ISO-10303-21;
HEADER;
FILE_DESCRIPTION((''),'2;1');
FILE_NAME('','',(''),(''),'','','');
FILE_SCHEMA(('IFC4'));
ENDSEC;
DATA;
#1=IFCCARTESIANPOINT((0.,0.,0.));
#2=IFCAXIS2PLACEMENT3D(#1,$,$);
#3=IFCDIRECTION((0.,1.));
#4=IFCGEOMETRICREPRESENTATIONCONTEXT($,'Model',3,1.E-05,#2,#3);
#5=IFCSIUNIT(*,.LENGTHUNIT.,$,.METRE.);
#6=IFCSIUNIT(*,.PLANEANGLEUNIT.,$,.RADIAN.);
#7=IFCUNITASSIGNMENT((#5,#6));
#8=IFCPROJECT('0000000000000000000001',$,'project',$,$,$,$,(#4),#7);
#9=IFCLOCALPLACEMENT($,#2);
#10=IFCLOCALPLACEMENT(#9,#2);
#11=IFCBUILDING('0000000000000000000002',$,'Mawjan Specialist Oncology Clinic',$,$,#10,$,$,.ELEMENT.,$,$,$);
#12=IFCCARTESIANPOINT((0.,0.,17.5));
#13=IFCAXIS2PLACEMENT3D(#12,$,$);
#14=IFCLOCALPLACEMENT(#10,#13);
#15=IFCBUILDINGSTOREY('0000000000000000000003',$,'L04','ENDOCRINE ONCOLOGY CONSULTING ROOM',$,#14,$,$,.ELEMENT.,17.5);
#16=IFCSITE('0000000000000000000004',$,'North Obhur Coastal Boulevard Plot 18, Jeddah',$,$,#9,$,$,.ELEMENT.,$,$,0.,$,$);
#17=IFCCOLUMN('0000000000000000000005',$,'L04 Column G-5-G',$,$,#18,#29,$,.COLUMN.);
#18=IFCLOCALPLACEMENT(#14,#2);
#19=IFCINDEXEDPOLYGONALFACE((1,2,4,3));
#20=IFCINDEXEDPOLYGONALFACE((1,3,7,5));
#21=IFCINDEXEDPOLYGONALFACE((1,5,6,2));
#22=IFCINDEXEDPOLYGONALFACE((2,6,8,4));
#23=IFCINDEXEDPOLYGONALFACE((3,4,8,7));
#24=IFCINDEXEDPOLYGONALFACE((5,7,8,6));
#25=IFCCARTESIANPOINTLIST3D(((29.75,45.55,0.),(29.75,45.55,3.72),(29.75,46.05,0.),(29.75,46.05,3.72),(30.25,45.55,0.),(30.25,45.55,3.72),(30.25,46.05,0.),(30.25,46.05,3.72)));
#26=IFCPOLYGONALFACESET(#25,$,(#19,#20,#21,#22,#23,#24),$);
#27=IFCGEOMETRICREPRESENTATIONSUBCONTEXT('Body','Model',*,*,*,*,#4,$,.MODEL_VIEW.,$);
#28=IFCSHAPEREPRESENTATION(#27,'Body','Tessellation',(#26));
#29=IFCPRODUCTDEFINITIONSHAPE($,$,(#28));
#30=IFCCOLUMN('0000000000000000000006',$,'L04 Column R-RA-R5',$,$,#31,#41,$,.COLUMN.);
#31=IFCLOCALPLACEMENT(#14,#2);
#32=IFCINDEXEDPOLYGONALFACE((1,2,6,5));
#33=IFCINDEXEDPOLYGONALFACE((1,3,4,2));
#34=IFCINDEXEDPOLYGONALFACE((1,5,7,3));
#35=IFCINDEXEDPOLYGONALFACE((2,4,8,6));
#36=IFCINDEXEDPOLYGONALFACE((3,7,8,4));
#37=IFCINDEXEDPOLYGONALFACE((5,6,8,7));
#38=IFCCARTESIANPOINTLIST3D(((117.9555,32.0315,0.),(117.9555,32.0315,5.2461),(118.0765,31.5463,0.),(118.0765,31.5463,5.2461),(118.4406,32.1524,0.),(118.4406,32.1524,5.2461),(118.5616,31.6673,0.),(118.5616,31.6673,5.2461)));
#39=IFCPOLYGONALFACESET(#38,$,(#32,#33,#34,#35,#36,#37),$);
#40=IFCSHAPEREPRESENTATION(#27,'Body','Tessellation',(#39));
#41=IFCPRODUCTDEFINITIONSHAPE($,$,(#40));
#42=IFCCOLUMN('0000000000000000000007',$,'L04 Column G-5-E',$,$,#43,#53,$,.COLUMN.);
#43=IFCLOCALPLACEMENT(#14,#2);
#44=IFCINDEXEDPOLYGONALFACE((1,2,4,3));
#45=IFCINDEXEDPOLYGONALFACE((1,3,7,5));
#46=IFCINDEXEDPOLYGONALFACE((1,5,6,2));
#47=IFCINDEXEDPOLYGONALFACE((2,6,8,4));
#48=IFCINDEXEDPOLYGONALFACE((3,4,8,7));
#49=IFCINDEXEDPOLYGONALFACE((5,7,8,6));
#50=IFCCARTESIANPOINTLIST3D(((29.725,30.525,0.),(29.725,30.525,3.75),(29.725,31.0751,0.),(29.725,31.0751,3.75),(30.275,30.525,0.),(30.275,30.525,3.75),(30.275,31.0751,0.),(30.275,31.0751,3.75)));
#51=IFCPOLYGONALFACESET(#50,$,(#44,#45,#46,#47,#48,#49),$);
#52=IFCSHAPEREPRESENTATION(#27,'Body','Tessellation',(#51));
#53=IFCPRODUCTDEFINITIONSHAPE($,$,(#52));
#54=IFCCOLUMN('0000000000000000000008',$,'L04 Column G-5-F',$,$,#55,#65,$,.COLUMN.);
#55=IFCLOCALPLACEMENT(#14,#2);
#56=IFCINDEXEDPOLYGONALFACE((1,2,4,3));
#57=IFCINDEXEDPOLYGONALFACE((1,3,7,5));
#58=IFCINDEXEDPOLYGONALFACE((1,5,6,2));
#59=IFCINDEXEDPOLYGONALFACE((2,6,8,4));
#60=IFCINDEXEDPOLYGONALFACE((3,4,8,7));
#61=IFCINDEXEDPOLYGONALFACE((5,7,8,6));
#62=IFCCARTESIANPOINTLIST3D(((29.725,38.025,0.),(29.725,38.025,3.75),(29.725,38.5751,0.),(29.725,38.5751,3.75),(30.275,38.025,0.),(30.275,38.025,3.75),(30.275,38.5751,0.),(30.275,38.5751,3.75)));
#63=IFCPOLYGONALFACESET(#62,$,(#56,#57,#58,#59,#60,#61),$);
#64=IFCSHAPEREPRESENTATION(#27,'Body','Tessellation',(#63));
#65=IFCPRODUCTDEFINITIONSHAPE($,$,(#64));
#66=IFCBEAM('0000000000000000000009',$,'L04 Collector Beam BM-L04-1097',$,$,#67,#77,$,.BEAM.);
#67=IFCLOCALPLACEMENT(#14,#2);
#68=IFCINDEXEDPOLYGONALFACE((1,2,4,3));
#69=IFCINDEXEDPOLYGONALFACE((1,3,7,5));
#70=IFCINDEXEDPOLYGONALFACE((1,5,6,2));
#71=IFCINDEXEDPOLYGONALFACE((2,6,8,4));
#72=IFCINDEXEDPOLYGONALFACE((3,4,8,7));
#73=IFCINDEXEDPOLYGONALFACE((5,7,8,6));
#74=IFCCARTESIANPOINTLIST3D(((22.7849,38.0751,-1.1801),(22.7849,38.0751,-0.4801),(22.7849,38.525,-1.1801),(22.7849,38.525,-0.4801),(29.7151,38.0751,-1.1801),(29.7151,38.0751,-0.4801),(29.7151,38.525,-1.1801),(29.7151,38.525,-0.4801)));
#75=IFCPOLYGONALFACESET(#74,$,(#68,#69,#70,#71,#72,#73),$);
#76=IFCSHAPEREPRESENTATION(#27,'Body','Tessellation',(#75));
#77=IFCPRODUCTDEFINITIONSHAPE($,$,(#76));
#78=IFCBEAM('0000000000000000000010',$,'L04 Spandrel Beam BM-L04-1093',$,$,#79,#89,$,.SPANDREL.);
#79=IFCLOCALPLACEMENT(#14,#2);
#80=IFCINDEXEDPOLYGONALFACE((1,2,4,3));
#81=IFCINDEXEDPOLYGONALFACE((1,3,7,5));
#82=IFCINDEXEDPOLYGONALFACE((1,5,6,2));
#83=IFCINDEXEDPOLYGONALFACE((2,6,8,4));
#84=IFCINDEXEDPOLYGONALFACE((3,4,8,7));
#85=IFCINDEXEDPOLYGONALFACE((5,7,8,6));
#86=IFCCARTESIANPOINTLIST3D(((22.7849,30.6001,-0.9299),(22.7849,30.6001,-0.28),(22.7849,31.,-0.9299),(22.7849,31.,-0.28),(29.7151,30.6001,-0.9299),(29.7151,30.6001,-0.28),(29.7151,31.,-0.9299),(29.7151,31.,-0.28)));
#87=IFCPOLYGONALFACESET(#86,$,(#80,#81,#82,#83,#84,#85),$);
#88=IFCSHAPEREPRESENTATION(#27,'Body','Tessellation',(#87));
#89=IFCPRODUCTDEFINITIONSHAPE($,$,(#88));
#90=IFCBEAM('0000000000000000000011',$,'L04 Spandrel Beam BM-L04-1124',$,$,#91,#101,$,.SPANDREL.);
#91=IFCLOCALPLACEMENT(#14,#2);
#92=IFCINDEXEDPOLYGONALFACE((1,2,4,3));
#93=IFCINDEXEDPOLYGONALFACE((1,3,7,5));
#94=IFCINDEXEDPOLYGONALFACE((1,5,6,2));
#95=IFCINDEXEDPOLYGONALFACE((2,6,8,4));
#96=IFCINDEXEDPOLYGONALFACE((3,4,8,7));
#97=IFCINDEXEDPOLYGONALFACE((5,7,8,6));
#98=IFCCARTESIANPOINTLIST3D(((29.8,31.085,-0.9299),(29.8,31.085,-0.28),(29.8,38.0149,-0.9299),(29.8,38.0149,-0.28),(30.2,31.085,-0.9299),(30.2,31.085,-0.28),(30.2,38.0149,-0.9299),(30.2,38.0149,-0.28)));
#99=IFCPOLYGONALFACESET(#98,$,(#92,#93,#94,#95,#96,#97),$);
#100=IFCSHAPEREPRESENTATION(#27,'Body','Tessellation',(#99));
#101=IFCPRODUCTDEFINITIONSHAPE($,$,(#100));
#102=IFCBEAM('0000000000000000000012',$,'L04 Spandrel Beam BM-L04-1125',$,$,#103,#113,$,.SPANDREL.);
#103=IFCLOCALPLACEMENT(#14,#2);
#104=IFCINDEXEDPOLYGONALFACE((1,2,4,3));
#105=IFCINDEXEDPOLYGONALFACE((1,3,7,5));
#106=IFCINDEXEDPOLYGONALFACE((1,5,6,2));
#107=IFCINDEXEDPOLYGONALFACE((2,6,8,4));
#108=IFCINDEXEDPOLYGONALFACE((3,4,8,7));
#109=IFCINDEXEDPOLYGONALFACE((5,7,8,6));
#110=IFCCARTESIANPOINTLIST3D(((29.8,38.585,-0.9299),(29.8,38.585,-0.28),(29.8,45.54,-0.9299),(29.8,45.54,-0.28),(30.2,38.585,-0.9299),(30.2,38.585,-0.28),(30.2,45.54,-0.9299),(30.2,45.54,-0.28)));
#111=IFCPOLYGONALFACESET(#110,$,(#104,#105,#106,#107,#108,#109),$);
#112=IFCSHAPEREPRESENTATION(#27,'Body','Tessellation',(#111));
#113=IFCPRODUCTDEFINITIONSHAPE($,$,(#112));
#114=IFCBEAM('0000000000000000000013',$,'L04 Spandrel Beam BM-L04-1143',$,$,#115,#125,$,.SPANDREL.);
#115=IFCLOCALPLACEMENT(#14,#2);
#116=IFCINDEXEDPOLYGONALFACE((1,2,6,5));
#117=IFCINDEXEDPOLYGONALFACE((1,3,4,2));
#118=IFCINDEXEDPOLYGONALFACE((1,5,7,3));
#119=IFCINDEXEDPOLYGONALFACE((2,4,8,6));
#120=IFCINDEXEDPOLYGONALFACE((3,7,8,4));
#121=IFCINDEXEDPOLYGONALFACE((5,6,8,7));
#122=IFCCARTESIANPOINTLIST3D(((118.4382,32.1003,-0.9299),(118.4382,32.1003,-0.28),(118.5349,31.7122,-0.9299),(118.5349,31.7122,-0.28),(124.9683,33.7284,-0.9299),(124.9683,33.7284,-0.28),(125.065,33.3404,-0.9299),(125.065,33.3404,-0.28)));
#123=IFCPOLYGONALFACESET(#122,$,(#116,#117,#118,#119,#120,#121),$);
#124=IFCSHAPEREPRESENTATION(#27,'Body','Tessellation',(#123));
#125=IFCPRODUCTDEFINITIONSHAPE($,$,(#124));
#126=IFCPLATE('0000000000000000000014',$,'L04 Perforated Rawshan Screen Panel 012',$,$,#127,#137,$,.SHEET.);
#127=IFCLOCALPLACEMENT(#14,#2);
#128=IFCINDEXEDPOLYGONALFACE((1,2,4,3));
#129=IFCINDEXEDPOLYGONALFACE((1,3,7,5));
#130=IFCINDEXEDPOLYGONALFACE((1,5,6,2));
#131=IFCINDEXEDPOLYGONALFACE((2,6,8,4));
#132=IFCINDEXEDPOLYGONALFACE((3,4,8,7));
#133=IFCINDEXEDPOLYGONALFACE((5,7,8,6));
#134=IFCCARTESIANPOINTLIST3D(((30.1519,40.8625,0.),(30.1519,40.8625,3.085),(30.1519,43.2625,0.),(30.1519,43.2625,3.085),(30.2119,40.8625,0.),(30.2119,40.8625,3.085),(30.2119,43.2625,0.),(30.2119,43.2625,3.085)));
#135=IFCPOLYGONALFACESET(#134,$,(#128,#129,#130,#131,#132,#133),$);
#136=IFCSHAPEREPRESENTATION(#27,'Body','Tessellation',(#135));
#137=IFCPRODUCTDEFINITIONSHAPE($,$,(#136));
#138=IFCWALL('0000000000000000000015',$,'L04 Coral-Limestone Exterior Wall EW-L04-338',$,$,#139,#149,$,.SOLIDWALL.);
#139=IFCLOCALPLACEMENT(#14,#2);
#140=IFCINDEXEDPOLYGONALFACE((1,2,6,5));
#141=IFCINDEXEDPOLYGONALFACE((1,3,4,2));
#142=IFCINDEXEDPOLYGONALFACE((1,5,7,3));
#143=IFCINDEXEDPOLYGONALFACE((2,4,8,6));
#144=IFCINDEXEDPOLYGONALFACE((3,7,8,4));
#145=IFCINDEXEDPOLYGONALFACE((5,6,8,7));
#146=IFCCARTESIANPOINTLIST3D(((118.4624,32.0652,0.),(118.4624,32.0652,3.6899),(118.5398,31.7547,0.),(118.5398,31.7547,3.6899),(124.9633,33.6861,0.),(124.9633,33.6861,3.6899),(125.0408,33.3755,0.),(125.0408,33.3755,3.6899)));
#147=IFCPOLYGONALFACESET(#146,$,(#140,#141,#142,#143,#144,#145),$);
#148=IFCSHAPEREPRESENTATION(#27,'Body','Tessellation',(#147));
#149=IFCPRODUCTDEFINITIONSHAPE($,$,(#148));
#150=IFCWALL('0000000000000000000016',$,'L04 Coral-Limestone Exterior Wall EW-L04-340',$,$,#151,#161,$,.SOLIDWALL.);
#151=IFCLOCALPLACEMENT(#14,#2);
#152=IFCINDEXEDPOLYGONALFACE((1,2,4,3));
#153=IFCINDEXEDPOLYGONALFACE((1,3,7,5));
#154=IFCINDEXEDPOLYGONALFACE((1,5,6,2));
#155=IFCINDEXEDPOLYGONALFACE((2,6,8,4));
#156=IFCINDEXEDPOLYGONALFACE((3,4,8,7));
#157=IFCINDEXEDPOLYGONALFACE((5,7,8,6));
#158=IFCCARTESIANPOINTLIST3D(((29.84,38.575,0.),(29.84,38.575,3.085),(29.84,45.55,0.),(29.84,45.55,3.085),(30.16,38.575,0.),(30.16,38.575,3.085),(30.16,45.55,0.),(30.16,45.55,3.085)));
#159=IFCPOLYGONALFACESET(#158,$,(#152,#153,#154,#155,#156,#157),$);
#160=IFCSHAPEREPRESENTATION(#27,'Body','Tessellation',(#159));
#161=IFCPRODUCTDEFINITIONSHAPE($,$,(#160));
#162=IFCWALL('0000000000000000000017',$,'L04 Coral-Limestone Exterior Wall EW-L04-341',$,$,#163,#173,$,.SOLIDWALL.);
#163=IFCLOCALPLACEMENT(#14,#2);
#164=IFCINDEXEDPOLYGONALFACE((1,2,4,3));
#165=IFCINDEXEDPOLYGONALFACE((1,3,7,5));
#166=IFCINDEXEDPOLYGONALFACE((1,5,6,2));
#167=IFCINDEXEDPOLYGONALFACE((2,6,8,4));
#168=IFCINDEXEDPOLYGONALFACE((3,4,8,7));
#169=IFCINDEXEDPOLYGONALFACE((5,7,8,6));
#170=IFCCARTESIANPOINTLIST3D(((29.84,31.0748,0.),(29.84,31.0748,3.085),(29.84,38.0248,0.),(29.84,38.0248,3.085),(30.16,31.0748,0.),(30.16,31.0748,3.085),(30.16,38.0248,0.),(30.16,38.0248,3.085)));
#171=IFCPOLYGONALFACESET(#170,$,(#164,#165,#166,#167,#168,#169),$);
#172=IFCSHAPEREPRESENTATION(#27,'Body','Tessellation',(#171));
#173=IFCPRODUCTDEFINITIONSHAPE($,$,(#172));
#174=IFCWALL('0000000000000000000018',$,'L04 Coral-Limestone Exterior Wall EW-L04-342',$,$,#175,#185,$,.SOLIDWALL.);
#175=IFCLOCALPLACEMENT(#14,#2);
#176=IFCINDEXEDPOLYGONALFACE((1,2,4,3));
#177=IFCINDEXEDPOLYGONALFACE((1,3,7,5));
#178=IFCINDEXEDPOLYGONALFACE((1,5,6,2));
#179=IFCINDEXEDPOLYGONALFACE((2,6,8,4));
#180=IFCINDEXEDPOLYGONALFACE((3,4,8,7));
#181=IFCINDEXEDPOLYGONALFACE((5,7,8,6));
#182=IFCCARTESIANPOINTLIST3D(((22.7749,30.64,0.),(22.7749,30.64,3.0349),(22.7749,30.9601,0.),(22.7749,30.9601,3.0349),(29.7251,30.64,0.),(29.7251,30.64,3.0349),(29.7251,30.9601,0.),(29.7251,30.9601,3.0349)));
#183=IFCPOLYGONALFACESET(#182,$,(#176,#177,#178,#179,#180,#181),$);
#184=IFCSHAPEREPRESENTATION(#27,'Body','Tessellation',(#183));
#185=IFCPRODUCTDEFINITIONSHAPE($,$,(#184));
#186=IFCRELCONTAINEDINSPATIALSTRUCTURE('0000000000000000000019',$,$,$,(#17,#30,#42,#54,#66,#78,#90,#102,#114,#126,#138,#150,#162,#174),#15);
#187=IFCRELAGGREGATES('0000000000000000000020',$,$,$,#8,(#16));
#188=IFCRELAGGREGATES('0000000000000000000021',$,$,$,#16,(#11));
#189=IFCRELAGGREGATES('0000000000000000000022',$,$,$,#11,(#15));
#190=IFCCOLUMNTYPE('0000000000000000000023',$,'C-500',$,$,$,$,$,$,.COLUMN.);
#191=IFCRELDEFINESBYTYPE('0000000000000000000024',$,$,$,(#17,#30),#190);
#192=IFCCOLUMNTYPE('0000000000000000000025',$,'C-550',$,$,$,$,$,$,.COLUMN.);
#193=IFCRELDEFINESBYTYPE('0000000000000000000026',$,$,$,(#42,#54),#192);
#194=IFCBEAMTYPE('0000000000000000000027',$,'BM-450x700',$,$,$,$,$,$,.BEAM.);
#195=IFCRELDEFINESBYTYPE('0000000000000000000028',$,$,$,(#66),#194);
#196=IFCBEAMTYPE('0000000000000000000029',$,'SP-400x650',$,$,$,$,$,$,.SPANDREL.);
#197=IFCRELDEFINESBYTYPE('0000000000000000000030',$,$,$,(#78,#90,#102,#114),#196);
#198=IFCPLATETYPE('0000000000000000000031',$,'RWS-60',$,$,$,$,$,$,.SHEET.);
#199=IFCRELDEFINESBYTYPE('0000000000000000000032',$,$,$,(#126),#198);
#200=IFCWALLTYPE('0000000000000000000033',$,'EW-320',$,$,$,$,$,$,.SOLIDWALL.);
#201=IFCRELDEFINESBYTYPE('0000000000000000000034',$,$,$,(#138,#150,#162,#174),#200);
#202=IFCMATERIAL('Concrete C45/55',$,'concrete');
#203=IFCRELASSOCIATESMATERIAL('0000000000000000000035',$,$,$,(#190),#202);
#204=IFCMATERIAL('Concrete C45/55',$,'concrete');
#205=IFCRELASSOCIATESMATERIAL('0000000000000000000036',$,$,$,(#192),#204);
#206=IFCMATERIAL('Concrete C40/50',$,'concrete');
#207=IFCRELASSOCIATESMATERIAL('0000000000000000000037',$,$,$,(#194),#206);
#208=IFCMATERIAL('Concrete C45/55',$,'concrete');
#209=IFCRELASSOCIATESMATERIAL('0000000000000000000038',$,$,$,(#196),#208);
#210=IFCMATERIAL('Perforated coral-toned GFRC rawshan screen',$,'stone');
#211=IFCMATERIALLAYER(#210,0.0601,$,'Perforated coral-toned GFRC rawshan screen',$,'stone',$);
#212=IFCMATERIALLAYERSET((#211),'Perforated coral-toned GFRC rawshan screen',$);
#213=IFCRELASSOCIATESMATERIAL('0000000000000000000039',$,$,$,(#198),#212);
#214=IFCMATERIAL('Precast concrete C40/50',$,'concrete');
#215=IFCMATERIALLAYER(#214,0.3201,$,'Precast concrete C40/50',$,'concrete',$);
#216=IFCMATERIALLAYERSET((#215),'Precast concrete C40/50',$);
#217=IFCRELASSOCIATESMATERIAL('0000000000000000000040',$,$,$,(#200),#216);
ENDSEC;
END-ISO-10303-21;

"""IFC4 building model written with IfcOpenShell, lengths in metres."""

from ifc_helpers import new_model, si_unit, direction, frame, frame_2d, origin, origin_2d, place, context, subcontext, project, spatial, rectangle, extrude, material, layer, layer_set, material_profile, profile_set, type_object, element, save


model = new_model("IFC4")

# Units and contexts
model_context = context("Model", 3, precision=1e-05, world=origin(), true_north=direction((0.0, 1.0)))
body_context = subcontext(model_context, "Body", "Model", "MODEL_VIEW")
ifc_project = project(units=[si_unit("LENGTHUNIT", "METRE"), si_unit("PLANEANGLEUNIT", "RADIAN")], contexts=[model_context])

# Site, building, storey
site_placement = place(None, origin())
site = spatial("IfcSite", under=ifc_project, at=site_placement, Name="North Obhur Coastal Boulevard Plot 18, Jeddah", CompositionType="ELEMENT", RefElevation=0.0)
building_placement = place(site_placement, origin())
building = spatial("IfcBuilding", under=site, at=building_placement, Name="Mawjan Specialist Oncology Clinic", CompositionType="ELEMENT")
storey_placement = place(building_placement, frame((0.0, 0.0, 17.5)))
storey = spatial("IfcBuildingStorey", under=building, at=storey_placement, Name="L04", Description="ENDOCRINE ONCOLOGY CONSULTING ROOM", CompositionType="ELEMENT", Elevation=17.5)

# Columns
ifc_material_1 = material(Name="Concrete C45/55", Category="concrete")
ifc_material_profile_1 = material_profile(ifc_material_1, rectangle(XDim=0.5, YDim=0.5, at=origin_2d()), Name="RC COL 500x500", Category="concrete")
ifc_profile_set_1 = profile_set([ifc_material_profile_1], Name="Concrete C45/55")
column_type_1 = type_object("IfcColumnType", Name="C-500", PredefinedType="COLUMN", material=ifc_profile_set_1)
column_1_placement = place(storey_placement, frame((30.0, 45.8, 0.0), z_axis=(0.0, 0.0, 1.0), x_axis=(1.0, 0.0, 0.0)))
element("IfcColumn", 1, at=column_1_placement, inside=storey, type_object=column_type_1, Name="L04 Column G-5-G", PredefinedType="COLUMN", context=body_context, shape_type="SweptSolid", body=[
    extrude(rectangle(XDim=0.5, YDim=0.5, at=origin_2d()), origin(), (0.0, 0.0, 1.0), 3.72),
])
column_2_placement = place(storey_placement, frame((118.2585, 31.8494, 0.0), z_axis=(0.0, 0.0, 1.0), x_axis=(0.970296, 0.241922, 0.0)))
element("IfcColumn", 2, at=column_2_placement, inside=storey, type_object=column_type_1, Name="L04 Column R-RA-R5", PredefinedType="COLUMN", context=body_context, shape_type="SweptSolid", body=[
    extrude(rectangle(XDim=0.5, YDim=0.5, at=origin_2d()), origin(), (0.0, 0.0, 1.0), 5.2461),
])
ifc_material_2 = material(Name="Concrete C45/55", Category="concrete")
ifc_material_profile_2 = material_profile(ifc_material_2, rectangle(XDim=0.55, YDim=0.55, at=origin_2d()), Name="RC COL 550x550", Category="concrete")
ifc_profile_set_2 = profile_set([ifc_material_profile_2], Name="Concrete C45/55")
column_type_2 = type_object("IfcColumnType", Name="C-550", PredefinedType="COLUMN", material=ifc_profile_set_2)
for number, where, z_axis, x_axis, name in (
    (3, (30.0, 30.8, 0.0), (0.0, 0.0, 1.0), (1.0, 0.0, 0.0), "L04 Column G-5-E"),
    (4, (30.0, 38.3, 0.0), (0.0, 0.0, 1.0), (1.0, 0.0, 0.0), "L04 Column G-5-F"),
):
    element("IfcColumn", number, at=place(storey_placement, frame(where, z_axis=z_axis, x_axis=x_axis)), inside=storey, type_object=column_type_2, Name=name, PredefinedType="COLUMN", context=body_context, shape_type="SweptSolid", body=[
        extrude(rectangle(XDim=0.55, YDim=0.55, at=origin_2d()), origin(), (0.0, 0.0, 1.0), 3.75),
    ])

# Beams
ifc_material_3 = material(Name="Concrete C40/50", Category="concrete")
ifc_material_profile_3 = material_profile(ifc_material_3, rectangle(XDim=0.45, YDim=0.7, at=origin_2d()), Name="RC BM 450x700", Category="concrete")
ifc_profile_set_3 = profile_set([ifc_material_profile_3], Name="Concrete C40/50")
beam_type_1 = type_object("IfcBeamType", Name="BM-450x700", PredefinedType="BEAM", material=ifc_profile_set_3)
beam_1_placement = place(storey_placement, frame((22.7849, 38.3, -0.8301), z_axis=(1.0, 0.0, 0.0), x_axis=(0.0, 1.0, 0.0)))
element("IfcBeam", 5, at=beam_1_placement, inside=storey, type_object=beam_type_1, Name="L04 Collector Beam BM-L04-1097", PredefinedType="BEAM", context=body_context, shape_type="SweptSolid", body=[
    extrude(rectangle(XDim=0.45, YDim=0.7, at=origin_2d()), origin(), (0.0, 0.0, 1.0), 6.9302),
])
ifc_material_4 = material(Name="Concrete C45/55", Category="concrete")
ifc_material_profile_4 = material_profile(ifc_material_4, rectangle(XDim=0.3999, YDim=0.6499, at=origin_2d()), Name="RC BM 400x650", Category="concrete")
ifc_profile_set_4 = profile_set([ifc_material_profile_4], Name="Concrete C45/55")
beam_type_2 = type_object("IfcBeamType", Name="SP-400x650", PredefinedType="SPANDREL", material=ifc_profile_set_4)
beam_2_placement = place(storey_placement, frame((22.7849, 30.8, -0.605), z_axis=(1.0, 0.0, 0.0), x_axis=(0.0, 1.0, 0.0)))
element("IfcBeam", 6, at=beam_2_placement, inside=storey, type_object=beam_type_2, Name="L04 Spandrel Beam BM-L04-1093", PredefinedType="SPANDREL", context=body_context, shape_type="SweptSolid", body=[
    extrude(rectangle(XDim=0.3999, YDim=0.6499, at=origin_2d()), origin(), (0.0, 0.0, 1.0), 6.9302),
])
beam_3_placement = place(storey_placement, frame((30.0, 31.085, -0.605), z_axis=(0.0, 1.0, 0.0), x_axis=(-1.0, 0.0, 0.0)))
element("IfcBeam", 7, at=beam_3_placement, inside=storey, type_object=beam_type_2, Name="L04 Spandrel Beam BM-L04-1124", PredefinedType="SPANDREL", context=body_context, shape_type="SweptSolid", body=[
    extrude(rectangle(XDim=0.3999, YDim=0.6499, at=origin_2d()), origin(), (0.0, 0.0, 1.0), 6.9299),
])
beam_4_placement = place(storey_placement, frame((30.0, 38.585, -0.605), z_axis=(0.0, 1.0, 0.0), x_axis=(-1.0, 0.0, 0.0)))
element("IfcBeam", 8, at=beam_4_placement, inside=storey, type_object=beam_type_2, Name="L04 Spandrel Beam BM-L04-1125", PredefinedType="SPANDREL", context=body_context, shape_type="SweptSolid", body=[
    extrude(rectangle(XDim=0.3999, YDim=0.6499, at=origin_2d()), origin(), (0.0, 0.0, 1.0), 6.9551),
])
beam_5_placement = place(storey_placement, frame((118.4866, 31.9062, -0.605), z_axis=(0.970294, 0.24193, 0.0), x_axis=(-0.24193, 0.970294, 0.0)))
element("IfcBeam", 9, at=beam_5_placement, inside=storey, type_object=beam_type_2, Name="L04 Spandrel Beam BM-L04-1143", PredefinedType="SPANDREL", context=body_context, shape_type="SweptSolid", body=[
    extrude(rectangle(XDim=0.3999, YDim=0.6499, at=origin_2d()), origin(), (0.0, 0.0, 1.0), 6.73),
])

# Plate
ifc_material_5 = material(Name="Perforated coral-toned GFRC rawshan screen", Category="stone")
ifc_layer_1 = layer(ifc_material_5, 0.0601, Name="Perforated coral-toned GFRC rawshan screen", Category="stone")
ifc_layer_set_1 = layer_set([ifc_layer_1], Name="Perforated coral-toned GFRC rawshan screen")
plate_type = type_object("IfcPlateType", Name="RWS-60", PredefinedType="SHEET", material=ifc_layer_set_1)
plate_placement = place(storey_placement, frame((30.1819, 42.0625, 0.0), z_axis=(0.0, 0.0, 1.0), x_axis=(0.0, -1.0, 0.0)))
element("IfcPlate", 10, at=plate_placement, inside=storey, type_object=plate_type, Name="L04 Perforated Rawshan Screen Panel 012", PredefinedType="SHEET", context=body_context, shape_type="SweptSolid", body=[
    extrude(rectangle(XDim=2.3999, YDim=0.0601, at=origin_2d()), origin(), (0.0, 0.0, 1.0), 3.085),
])

# Walls
ifc_material_6 = material(Name="Precast concrete C40/50", Category="concrete")
ifc_layer_2 = layer(ifc_material_6, 0.3201, Name="Precast concrete C40/50", Category="concrete")
ifc_layer_set_2 = layer_set([ifc_layer_2], Name="Precast concrete C40/50")
wall_type_1 = type_object("IfcWallType", Name="EW-320", PredefinedType="SOLIDWALL", material=ifc_layer_set_2)
wall_1_placement = place(storey_placement, frame((118.501, 31.9099, 0.0), z_axis=(0.0, 0.0, 1.0), x_axis=(0.970297, 0.241918, 0.0)))
element("IfcWall", 11, at=wall_1_placement, inside=storey, type_object=wall_type_1, Name="L04 Coral-Limestone Exterior Wall EW-L04-338", PredefinedType="SOLIDWALL", context=body_context, shape_type="SweptSolid", body=[
    extrude(rectangle(XDim=6.7, YDim=0.3201, at=frame_2d((3.3501, 0.0))), origin(), (0.0, 0.0, 1.0), 3.6899),
])
wall_2_placement = place(storey_placement, frame((30.0, 45.55, 0.0), z_axis=(0.0, 0.0, 1.0), x_axis=(0.0, -1.0, 0.0)))
element("IfcWall", 12, at=wall_2_placement, inside=storey, type_object=wall_type_1, Name="L04 Coral-Limestone Exterior Wall EW-L04-340", PredefinedType="SOLIDWALL", context=body_context, shape_type="SweptSolid", body=[
    extrude(rectangle(XDim=6.9751, YDim=0.3201, at=frame_2d((3.4875, 0.0))), origin(), (0.0, 0.0, 1.0), 3.085),
])
wall_3_placement = place(storey_placement, frame((30.0, 38.0249, 0.0), z_axis=(0.0, 0.0, 1.0), x_axis=(0.0, -1.0, 0.0)))
element("IfcWall", 13, at=wall_3_placement, inside=storey, type_object=wall_type_1, Name="L04 Coral-Limestone Exterior Wall EW-L04-341", PredefinedType="SOLIDWALL", context=body_context, shape_type="SweptSolid", body=[
    extrude(rectangle(XDim=6.95, YDim=0.3201, at=frame_2d((3.4751, 0.0))), origin(), (0.0, 0.0, 1.0), 3.085),
])
wall_4_placement = place(storey_placement, frame((29.7251, 30.8, 0.0), z_axis=(0.0, 0.0, 1.0), x_axis=(-1.0, 0.0, 0.0)))
element("IfcWall", 14, at=wall_4_placement, inside=storey, type_object=wall_type_1, Name="L04 Coral-Limestone Exterior Wall EW-L04-342", PredefinedType="SOLIDWALL", context=body_context, shape_type="SweptSolid", body=[
    extrude(rectangle(XDim=6.9502, YDim=0.3201, at=frame_2d((3.4751, 0.0))), origin(), (0.0, 0.0, 1.0), 3.0349),
])

save(model, "model.ifc")
